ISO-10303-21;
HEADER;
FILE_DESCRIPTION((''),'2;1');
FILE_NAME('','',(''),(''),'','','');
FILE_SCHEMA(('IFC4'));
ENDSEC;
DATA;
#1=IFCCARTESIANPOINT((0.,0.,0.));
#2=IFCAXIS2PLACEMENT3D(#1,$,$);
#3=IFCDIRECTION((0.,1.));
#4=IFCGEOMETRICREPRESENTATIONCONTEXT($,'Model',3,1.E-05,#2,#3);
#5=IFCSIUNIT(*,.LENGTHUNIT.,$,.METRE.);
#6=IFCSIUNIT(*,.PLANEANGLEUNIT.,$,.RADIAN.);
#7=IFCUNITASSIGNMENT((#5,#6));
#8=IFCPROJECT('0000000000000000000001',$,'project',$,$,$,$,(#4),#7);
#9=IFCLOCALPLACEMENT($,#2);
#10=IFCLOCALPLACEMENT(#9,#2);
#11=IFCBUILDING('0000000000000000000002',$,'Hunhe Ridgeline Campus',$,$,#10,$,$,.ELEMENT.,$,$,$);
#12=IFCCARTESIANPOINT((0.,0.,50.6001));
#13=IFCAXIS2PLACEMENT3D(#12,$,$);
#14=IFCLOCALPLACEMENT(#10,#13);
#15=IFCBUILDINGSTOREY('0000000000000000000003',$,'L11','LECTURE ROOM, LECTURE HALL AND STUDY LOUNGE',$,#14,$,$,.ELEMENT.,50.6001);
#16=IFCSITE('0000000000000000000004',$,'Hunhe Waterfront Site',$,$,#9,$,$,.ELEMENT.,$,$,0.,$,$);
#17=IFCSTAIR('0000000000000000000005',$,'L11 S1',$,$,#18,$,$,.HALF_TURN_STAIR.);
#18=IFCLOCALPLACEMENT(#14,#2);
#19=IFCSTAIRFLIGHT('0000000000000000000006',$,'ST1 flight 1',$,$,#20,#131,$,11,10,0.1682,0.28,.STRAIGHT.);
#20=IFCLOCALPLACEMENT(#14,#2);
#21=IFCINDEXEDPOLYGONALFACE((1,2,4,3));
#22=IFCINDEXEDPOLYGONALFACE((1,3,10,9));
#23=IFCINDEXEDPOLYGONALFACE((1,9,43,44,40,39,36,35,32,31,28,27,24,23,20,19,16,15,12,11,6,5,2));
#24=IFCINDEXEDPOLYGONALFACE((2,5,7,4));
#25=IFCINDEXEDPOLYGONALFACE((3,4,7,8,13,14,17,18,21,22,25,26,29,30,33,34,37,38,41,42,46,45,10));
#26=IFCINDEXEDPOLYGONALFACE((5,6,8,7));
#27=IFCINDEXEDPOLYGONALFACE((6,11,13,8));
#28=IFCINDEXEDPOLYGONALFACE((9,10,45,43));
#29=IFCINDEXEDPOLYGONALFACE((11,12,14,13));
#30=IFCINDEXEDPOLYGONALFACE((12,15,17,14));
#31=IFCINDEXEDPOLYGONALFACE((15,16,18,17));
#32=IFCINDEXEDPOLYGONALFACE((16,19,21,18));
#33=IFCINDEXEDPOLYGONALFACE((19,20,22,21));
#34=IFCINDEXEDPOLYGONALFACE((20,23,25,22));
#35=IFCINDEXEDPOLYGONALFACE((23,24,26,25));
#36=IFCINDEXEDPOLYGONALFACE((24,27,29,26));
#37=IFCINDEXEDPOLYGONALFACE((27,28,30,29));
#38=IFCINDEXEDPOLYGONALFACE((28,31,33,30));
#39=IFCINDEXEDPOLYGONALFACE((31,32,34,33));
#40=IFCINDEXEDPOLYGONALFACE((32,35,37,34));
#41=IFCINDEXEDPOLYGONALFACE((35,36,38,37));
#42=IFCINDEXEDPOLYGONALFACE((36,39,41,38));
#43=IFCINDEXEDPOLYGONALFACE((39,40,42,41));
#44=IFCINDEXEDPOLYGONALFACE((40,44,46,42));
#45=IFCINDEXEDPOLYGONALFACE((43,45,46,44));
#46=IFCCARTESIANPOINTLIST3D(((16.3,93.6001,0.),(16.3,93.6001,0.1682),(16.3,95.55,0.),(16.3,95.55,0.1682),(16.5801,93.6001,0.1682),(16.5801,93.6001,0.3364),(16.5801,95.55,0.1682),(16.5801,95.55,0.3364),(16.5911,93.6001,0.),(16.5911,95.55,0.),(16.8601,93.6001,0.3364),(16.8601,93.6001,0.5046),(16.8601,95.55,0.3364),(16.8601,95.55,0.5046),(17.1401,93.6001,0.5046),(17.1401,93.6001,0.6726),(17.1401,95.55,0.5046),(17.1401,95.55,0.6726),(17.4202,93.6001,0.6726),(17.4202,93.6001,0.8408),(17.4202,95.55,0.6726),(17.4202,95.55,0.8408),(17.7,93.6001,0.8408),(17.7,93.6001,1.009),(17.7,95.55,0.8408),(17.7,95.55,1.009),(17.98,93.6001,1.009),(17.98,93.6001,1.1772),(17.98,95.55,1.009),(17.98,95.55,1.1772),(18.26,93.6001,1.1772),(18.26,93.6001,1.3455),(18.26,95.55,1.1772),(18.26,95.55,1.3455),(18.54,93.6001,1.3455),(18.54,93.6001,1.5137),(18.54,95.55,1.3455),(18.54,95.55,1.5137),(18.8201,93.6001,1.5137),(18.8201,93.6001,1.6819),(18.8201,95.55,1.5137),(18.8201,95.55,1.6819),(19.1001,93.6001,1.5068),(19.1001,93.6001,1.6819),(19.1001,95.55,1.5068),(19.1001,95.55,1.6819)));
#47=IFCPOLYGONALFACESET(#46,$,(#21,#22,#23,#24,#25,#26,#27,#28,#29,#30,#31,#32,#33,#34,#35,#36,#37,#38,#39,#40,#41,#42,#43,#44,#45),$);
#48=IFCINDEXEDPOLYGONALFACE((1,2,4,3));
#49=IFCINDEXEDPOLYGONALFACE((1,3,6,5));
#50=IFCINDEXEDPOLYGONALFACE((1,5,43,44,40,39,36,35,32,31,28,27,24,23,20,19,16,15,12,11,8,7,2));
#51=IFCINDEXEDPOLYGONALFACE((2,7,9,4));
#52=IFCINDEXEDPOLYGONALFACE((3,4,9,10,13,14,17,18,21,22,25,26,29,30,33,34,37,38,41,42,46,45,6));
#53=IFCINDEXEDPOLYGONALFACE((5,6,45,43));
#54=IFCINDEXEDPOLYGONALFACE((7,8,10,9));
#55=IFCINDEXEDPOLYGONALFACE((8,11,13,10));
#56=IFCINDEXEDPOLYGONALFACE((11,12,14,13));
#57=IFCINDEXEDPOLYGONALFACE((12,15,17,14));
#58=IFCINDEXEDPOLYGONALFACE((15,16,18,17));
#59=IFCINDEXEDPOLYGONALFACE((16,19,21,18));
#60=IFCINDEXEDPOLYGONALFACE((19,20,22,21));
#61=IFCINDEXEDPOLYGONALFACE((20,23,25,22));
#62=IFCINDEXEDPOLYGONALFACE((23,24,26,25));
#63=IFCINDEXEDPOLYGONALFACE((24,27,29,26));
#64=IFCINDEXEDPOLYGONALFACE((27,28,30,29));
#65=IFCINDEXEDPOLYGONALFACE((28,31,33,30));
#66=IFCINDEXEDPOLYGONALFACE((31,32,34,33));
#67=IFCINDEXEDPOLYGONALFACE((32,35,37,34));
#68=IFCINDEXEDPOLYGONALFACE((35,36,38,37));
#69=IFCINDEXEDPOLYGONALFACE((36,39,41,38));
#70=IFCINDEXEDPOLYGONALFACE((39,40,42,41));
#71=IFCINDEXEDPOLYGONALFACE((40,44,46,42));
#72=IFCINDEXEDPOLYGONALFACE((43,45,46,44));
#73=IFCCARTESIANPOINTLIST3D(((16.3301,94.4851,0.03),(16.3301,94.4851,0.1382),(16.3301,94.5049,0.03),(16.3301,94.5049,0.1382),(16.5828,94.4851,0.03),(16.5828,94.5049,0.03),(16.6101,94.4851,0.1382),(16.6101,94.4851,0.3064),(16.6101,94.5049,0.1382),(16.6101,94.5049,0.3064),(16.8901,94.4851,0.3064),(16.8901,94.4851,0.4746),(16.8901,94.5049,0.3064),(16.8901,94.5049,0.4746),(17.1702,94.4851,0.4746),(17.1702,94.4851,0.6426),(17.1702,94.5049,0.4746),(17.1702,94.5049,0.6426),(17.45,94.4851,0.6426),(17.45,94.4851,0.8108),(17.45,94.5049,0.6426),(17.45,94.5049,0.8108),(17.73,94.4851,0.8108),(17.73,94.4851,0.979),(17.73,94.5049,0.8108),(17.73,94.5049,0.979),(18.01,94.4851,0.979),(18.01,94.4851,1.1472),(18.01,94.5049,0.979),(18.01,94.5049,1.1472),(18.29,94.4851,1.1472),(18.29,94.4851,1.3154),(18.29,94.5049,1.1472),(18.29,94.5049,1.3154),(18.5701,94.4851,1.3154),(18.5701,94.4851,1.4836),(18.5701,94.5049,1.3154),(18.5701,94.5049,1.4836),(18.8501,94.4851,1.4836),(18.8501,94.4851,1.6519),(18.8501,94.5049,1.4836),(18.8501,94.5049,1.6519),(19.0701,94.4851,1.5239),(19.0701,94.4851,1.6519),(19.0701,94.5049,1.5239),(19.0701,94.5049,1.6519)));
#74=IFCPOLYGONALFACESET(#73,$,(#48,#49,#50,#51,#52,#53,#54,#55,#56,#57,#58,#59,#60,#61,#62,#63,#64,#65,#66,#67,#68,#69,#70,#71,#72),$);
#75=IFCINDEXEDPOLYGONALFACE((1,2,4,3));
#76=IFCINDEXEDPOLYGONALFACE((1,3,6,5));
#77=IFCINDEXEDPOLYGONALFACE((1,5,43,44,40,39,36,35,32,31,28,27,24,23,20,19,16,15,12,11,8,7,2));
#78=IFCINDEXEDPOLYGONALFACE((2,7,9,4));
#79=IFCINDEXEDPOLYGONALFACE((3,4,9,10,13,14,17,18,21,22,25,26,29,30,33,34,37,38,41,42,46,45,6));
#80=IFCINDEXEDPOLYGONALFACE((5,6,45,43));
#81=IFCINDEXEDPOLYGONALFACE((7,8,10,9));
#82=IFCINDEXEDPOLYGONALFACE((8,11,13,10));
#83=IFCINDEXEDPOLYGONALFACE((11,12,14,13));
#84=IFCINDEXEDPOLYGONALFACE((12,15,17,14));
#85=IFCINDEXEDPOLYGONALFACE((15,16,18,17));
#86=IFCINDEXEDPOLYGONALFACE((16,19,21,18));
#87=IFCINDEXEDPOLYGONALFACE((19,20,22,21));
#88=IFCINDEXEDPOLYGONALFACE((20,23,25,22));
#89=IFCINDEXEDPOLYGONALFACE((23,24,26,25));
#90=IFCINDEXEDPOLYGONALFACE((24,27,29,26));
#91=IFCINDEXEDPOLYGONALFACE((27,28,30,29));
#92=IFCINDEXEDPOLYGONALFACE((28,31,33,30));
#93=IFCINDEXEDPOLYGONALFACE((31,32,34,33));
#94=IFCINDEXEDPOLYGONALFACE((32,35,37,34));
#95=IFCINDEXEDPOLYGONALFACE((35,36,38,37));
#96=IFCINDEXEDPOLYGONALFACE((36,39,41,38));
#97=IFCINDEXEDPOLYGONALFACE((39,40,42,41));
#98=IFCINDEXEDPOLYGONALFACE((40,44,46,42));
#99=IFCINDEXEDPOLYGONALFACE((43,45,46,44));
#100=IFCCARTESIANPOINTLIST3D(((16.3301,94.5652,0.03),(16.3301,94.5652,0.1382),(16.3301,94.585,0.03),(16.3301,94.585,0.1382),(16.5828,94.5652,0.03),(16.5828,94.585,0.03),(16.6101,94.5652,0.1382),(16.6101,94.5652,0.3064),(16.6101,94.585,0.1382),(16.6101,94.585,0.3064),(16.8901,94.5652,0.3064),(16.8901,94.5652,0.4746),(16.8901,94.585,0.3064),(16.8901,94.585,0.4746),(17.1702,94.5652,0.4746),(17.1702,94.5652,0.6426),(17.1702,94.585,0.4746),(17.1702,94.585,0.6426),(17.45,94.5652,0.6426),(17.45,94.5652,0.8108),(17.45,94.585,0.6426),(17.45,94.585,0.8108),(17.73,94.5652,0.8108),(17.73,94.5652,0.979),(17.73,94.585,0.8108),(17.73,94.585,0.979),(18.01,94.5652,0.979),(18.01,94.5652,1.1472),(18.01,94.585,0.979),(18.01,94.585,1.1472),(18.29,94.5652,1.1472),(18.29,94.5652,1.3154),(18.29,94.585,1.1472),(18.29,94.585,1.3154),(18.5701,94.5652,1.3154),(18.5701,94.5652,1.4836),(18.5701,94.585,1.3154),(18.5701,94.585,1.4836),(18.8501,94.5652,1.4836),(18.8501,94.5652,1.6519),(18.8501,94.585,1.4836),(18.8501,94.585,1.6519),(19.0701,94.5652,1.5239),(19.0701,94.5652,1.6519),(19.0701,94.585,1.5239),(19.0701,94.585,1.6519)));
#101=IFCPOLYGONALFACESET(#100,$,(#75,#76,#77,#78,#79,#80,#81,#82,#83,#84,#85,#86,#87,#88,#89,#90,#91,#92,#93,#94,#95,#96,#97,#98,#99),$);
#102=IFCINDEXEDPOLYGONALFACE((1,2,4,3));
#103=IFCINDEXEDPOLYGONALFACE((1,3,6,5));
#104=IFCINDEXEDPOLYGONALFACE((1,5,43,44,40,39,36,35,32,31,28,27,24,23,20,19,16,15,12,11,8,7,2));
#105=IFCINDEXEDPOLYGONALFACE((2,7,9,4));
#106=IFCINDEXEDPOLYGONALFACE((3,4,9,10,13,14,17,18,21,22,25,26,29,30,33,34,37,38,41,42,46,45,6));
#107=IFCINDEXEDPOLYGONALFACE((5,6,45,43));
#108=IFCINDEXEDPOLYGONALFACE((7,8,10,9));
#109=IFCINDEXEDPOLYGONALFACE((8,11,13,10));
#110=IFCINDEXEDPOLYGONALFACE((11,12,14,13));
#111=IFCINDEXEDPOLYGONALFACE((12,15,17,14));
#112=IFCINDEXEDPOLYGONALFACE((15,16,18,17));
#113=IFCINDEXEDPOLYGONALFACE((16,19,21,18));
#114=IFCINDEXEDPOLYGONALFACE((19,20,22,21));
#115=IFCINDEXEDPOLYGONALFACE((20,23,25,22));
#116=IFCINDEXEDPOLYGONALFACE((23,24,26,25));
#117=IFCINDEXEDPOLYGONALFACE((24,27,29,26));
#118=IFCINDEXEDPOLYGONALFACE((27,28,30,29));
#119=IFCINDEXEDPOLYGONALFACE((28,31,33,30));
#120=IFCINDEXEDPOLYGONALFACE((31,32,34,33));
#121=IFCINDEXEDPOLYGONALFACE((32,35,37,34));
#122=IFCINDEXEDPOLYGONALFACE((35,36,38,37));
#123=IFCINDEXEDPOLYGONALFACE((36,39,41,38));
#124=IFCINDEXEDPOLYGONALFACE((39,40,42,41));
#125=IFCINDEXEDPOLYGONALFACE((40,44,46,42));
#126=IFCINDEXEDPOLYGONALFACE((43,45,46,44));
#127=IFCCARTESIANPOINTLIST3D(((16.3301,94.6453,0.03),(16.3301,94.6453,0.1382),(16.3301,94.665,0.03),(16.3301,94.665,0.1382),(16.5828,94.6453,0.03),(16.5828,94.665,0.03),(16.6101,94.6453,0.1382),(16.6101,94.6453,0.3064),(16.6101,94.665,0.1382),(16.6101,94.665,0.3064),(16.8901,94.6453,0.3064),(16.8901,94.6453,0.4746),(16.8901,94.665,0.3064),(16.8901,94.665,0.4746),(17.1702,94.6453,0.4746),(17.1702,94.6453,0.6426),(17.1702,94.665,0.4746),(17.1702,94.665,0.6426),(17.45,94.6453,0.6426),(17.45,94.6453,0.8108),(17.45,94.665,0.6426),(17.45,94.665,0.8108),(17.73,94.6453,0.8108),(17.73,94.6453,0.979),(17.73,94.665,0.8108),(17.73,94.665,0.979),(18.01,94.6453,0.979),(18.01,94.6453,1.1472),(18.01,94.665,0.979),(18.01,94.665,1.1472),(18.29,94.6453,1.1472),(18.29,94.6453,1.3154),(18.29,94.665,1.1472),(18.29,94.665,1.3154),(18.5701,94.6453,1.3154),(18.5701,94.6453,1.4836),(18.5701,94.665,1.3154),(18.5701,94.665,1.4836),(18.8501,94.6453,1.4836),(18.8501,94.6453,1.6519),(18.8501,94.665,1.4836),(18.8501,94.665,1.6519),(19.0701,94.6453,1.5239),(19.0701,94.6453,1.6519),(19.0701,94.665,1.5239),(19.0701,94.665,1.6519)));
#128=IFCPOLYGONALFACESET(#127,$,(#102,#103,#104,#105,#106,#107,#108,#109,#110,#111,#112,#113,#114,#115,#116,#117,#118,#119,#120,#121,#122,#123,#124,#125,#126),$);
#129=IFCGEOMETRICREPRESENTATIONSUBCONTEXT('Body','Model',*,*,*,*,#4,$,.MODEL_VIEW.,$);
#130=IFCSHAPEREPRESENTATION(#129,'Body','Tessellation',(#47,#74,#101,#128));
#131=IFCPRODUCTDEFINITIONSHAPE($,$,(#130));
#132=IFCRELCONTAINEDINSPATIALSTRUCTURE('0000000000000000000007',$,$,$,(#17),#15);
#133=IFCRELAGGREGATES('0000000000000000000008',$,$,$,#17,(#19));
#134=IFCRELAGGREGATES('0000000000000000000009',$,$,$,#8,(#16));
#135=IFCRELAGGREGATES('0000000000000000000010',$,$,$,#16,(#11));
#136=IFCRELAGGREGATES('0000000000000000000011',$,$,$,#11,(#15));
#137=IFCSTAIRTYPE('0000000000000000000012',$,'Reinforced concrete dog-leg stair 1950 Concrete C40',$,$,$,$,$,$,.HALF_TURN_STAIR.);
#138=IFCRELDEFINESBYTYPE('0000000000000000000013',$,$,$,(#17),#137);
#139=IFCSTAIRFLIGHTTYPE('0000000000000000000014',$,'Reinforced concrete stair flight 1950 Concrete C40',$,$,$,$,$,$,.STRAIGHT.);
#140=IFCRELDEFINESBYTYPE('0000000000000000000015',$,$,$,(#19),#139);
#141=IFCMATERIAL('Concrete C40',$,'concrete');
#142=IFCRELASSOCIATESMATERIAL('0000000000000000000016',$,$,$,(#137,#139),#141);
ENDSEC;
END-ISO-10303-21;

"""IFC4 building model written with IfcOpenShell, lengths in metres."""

from ifc_helpers import new_model, si_unit, direction, frame, origin, place, context, subcontext, project, spatial, polyline, outline, extrude, material, type_object, element, aggregate, save


model = new_model("IFC4")

# Units and contexts
model_context = context("Model", 3, precision=1e-05, world=origin(), true_north=direction((0.0, 1.0)))
body_context = subcontext(model_context, "Body", "Model", "MODEL_VIEW")
ifc_project = project(units=[si_unit("LENGTHUNIT", "METRE"), si_unit("PLANEANGLEUNIT", "RADIAN")], contexts=[model_context])

# Site, building, storey
site_placement = place(None, origin())
site = spatial("IfcSite", under=ifc_project, at=site_placement, Name="Hunhe Waterfront Site", CompositionType="ELEMENT", RefElevation=0.0)
building_placement = place(site_placement, origin())
building = spatial("IfcBuilding", under=site, at=building_placement, Name="Hunhe Ridgeline Campus", CompositionType="ELEMENT")
storey_placement = place(building_placement, frame((0.0, 0.0, 50.6001)))
storey = spatial("IfcBuildingStorey", under=building, at=storey_placement, Name="L11", Description="LECTURE ROOM, LECTURE HALL AND STUDY LOUNGE", CompositionType="ELEMENT", Elevation=50.6001)

# Stair, stair flight
ifc_material_1 = material(Name="Concrete C40", Category="concrete")
stair_type = type_object("IfcStairType", Name="Reinforced concrete dog-leg stair 1950 Concrete C40", PredefinedType="HALF_TURN_STAIR", material=ifc_material_1)
stair_placement = place(storey_placement, origin())
stair = element("IfcStair", 1, at=stair_placement, inside=storey, type_object=stair_type, Name="L11 S1", PredefinedType="HALF_TURN_STAIR")
stair_flight_type = type_object("IfcStairFlightType", Name="Reinforced concrete stair flight 1950 Concrete C40", PredefinedType="STRAIGHT", material=ifc_material_1)
stair_flight_1_placement = place(storey_placement, frame((16.3, 94.575, 0.0), z_axis=(0.0, 0.0, 1.0), x_axis=(1.0, 0.0, 0.0)))
stair_flight_1 = element("IfcStairFlight", 2, at=stair_flight_1_placement, type_object=stair_flight_type, Name="ST1 flight 1", NumberOfRisers=11, NumberOfTreads=10, PredefinedType="STRAIGHT", RiserHeight=0.1682, TreadLength=0.28, context=body_context, shape_type="SweptSolid", body=[
    extrude(outline(polyline([(0.0, 0.0), (0.0, 0.1682), (0.28, 0.1682), (0.28, 0.3364), (0.5601, 0.3364), (0.5601, 0.5046), (0.8401, 0.5046), (0.8401, 0.6726), (1.1201, 0.6726), (1.1201, 0.8408), (1.3999, 0.8408), (1.3999, 1.009), (1.6799, 1.009), (1.6799, 1.1772), (1.96, 1.1772), (1.96, 1.3455), (2.24, 1.3455), (2.24, 1.5137), (2.52, 1.5137), (2.52, 1.6819), (2.8, 1.6819), (2.8, 1.8501), (2.8, 1.5068), (0.291, 0.0), (0.0, 0.0)])), frame((0.0, 0.9751, 0.0), z_axis=(0.0, -1.0, 0.0), x_axis=(1.0, 0.0, 0.0)), (0.0, 0.0, 1.0), 1.95),
    extrude(outline(polyline([(0.03, 0.03), (0.03, 0.1382), (0.3101, 0.1382), (0.3101, 0.3064), (0.5901, 0.3064), (0.5901, 0.4746), (0.8701, 0.4746), (0.8701, 0.6426), (1.1499, 0.6426), (1.1499, 0.8108), (1.4299, 0.8108), (1.4299, 0.979), (1.71, 0.979), (1.71, 1.1472), (1.99, 1.1472), (1.99, 1.3154), (2.27, 1.3154), (2.27, 1.4836), (2.55, 1.4836), (2.55, 1.6519), (2.77, 1.6519), (2.77, 1.5239), (0.2827, 0.03), (0.03, 0.03)])), frame((0.0, -0.0701, 0.0), z_axis=(0.0, -1.0, 0.0), x_axis=(1.0, 0.0, 0.0)), (0.0, 0.0, 1.0), 0.0198),
    extrude(outline(polyline([(0.03, 0.03), (0.03, 0.1382), (0.3101, 0.1382), (0.3101, 0.3064), (0.5901, 0.3064), (0.5901, 0.4746), (0.8701, 0.4746), (0.8701, 0.6426), (1.1499, 0.6426), (1.1499, 0.8108), (1.4299, 0.8108), (1.4299, 0.979), (1.71, 0.979), (1.71, 1.1472), (1.99, 1.1472), (1.99, 1.3154), (2.27, 1.3154), (2.27, 1.4836), (2.55, 1.4836), (2.55, 1.6519), (2.77, 1.6519), (2.77, 1.5239), (0.2827, 0.03), (0.03, 0.03)])), frame((0.0, 0.01, 0.0), z_axis=(0.0, -1.0, 0.0), x_axis=(1.0, 0.0, 0.0)), (0.0, 0.0, 1.0), 0.0198),
    extrude(outline(polyline([(0.03, 0.03), (0.03, 0.1382), (0.3101, 0.1382), (0.3101, 0.3064), (0.5901, 0.3064), (0.5901, 0.4746), (0.8701, 0.4746), (0.8701, 0.6426), (1.1499, 0.6426), (1.1499, 0.8108), (1.4299, 0.8108), (1.4299, 0.979), (1.71, 0.979), (1.71, 1.1472), (1.99, 1.1472), (1.99, 1.3154), (2.27, 1.3154), (2.27, 1.4836), (2.55, 1.4836), (2.55, 1.6519), (2.77, 1.6519), (2.77, 1.5239), (0.2827, 0.03), (0.03, 0.03)])), frame((0.0, 0.0901, 0.0), z_axis=(0.0, -1.0, 0.0), x_axis=(1.0, 0.0, 0.0)), (0.0, 0.0, 1.0), 0.0198),
])
aggregate(stair, [stair_flight_1])

save(model, "model.ifc")
